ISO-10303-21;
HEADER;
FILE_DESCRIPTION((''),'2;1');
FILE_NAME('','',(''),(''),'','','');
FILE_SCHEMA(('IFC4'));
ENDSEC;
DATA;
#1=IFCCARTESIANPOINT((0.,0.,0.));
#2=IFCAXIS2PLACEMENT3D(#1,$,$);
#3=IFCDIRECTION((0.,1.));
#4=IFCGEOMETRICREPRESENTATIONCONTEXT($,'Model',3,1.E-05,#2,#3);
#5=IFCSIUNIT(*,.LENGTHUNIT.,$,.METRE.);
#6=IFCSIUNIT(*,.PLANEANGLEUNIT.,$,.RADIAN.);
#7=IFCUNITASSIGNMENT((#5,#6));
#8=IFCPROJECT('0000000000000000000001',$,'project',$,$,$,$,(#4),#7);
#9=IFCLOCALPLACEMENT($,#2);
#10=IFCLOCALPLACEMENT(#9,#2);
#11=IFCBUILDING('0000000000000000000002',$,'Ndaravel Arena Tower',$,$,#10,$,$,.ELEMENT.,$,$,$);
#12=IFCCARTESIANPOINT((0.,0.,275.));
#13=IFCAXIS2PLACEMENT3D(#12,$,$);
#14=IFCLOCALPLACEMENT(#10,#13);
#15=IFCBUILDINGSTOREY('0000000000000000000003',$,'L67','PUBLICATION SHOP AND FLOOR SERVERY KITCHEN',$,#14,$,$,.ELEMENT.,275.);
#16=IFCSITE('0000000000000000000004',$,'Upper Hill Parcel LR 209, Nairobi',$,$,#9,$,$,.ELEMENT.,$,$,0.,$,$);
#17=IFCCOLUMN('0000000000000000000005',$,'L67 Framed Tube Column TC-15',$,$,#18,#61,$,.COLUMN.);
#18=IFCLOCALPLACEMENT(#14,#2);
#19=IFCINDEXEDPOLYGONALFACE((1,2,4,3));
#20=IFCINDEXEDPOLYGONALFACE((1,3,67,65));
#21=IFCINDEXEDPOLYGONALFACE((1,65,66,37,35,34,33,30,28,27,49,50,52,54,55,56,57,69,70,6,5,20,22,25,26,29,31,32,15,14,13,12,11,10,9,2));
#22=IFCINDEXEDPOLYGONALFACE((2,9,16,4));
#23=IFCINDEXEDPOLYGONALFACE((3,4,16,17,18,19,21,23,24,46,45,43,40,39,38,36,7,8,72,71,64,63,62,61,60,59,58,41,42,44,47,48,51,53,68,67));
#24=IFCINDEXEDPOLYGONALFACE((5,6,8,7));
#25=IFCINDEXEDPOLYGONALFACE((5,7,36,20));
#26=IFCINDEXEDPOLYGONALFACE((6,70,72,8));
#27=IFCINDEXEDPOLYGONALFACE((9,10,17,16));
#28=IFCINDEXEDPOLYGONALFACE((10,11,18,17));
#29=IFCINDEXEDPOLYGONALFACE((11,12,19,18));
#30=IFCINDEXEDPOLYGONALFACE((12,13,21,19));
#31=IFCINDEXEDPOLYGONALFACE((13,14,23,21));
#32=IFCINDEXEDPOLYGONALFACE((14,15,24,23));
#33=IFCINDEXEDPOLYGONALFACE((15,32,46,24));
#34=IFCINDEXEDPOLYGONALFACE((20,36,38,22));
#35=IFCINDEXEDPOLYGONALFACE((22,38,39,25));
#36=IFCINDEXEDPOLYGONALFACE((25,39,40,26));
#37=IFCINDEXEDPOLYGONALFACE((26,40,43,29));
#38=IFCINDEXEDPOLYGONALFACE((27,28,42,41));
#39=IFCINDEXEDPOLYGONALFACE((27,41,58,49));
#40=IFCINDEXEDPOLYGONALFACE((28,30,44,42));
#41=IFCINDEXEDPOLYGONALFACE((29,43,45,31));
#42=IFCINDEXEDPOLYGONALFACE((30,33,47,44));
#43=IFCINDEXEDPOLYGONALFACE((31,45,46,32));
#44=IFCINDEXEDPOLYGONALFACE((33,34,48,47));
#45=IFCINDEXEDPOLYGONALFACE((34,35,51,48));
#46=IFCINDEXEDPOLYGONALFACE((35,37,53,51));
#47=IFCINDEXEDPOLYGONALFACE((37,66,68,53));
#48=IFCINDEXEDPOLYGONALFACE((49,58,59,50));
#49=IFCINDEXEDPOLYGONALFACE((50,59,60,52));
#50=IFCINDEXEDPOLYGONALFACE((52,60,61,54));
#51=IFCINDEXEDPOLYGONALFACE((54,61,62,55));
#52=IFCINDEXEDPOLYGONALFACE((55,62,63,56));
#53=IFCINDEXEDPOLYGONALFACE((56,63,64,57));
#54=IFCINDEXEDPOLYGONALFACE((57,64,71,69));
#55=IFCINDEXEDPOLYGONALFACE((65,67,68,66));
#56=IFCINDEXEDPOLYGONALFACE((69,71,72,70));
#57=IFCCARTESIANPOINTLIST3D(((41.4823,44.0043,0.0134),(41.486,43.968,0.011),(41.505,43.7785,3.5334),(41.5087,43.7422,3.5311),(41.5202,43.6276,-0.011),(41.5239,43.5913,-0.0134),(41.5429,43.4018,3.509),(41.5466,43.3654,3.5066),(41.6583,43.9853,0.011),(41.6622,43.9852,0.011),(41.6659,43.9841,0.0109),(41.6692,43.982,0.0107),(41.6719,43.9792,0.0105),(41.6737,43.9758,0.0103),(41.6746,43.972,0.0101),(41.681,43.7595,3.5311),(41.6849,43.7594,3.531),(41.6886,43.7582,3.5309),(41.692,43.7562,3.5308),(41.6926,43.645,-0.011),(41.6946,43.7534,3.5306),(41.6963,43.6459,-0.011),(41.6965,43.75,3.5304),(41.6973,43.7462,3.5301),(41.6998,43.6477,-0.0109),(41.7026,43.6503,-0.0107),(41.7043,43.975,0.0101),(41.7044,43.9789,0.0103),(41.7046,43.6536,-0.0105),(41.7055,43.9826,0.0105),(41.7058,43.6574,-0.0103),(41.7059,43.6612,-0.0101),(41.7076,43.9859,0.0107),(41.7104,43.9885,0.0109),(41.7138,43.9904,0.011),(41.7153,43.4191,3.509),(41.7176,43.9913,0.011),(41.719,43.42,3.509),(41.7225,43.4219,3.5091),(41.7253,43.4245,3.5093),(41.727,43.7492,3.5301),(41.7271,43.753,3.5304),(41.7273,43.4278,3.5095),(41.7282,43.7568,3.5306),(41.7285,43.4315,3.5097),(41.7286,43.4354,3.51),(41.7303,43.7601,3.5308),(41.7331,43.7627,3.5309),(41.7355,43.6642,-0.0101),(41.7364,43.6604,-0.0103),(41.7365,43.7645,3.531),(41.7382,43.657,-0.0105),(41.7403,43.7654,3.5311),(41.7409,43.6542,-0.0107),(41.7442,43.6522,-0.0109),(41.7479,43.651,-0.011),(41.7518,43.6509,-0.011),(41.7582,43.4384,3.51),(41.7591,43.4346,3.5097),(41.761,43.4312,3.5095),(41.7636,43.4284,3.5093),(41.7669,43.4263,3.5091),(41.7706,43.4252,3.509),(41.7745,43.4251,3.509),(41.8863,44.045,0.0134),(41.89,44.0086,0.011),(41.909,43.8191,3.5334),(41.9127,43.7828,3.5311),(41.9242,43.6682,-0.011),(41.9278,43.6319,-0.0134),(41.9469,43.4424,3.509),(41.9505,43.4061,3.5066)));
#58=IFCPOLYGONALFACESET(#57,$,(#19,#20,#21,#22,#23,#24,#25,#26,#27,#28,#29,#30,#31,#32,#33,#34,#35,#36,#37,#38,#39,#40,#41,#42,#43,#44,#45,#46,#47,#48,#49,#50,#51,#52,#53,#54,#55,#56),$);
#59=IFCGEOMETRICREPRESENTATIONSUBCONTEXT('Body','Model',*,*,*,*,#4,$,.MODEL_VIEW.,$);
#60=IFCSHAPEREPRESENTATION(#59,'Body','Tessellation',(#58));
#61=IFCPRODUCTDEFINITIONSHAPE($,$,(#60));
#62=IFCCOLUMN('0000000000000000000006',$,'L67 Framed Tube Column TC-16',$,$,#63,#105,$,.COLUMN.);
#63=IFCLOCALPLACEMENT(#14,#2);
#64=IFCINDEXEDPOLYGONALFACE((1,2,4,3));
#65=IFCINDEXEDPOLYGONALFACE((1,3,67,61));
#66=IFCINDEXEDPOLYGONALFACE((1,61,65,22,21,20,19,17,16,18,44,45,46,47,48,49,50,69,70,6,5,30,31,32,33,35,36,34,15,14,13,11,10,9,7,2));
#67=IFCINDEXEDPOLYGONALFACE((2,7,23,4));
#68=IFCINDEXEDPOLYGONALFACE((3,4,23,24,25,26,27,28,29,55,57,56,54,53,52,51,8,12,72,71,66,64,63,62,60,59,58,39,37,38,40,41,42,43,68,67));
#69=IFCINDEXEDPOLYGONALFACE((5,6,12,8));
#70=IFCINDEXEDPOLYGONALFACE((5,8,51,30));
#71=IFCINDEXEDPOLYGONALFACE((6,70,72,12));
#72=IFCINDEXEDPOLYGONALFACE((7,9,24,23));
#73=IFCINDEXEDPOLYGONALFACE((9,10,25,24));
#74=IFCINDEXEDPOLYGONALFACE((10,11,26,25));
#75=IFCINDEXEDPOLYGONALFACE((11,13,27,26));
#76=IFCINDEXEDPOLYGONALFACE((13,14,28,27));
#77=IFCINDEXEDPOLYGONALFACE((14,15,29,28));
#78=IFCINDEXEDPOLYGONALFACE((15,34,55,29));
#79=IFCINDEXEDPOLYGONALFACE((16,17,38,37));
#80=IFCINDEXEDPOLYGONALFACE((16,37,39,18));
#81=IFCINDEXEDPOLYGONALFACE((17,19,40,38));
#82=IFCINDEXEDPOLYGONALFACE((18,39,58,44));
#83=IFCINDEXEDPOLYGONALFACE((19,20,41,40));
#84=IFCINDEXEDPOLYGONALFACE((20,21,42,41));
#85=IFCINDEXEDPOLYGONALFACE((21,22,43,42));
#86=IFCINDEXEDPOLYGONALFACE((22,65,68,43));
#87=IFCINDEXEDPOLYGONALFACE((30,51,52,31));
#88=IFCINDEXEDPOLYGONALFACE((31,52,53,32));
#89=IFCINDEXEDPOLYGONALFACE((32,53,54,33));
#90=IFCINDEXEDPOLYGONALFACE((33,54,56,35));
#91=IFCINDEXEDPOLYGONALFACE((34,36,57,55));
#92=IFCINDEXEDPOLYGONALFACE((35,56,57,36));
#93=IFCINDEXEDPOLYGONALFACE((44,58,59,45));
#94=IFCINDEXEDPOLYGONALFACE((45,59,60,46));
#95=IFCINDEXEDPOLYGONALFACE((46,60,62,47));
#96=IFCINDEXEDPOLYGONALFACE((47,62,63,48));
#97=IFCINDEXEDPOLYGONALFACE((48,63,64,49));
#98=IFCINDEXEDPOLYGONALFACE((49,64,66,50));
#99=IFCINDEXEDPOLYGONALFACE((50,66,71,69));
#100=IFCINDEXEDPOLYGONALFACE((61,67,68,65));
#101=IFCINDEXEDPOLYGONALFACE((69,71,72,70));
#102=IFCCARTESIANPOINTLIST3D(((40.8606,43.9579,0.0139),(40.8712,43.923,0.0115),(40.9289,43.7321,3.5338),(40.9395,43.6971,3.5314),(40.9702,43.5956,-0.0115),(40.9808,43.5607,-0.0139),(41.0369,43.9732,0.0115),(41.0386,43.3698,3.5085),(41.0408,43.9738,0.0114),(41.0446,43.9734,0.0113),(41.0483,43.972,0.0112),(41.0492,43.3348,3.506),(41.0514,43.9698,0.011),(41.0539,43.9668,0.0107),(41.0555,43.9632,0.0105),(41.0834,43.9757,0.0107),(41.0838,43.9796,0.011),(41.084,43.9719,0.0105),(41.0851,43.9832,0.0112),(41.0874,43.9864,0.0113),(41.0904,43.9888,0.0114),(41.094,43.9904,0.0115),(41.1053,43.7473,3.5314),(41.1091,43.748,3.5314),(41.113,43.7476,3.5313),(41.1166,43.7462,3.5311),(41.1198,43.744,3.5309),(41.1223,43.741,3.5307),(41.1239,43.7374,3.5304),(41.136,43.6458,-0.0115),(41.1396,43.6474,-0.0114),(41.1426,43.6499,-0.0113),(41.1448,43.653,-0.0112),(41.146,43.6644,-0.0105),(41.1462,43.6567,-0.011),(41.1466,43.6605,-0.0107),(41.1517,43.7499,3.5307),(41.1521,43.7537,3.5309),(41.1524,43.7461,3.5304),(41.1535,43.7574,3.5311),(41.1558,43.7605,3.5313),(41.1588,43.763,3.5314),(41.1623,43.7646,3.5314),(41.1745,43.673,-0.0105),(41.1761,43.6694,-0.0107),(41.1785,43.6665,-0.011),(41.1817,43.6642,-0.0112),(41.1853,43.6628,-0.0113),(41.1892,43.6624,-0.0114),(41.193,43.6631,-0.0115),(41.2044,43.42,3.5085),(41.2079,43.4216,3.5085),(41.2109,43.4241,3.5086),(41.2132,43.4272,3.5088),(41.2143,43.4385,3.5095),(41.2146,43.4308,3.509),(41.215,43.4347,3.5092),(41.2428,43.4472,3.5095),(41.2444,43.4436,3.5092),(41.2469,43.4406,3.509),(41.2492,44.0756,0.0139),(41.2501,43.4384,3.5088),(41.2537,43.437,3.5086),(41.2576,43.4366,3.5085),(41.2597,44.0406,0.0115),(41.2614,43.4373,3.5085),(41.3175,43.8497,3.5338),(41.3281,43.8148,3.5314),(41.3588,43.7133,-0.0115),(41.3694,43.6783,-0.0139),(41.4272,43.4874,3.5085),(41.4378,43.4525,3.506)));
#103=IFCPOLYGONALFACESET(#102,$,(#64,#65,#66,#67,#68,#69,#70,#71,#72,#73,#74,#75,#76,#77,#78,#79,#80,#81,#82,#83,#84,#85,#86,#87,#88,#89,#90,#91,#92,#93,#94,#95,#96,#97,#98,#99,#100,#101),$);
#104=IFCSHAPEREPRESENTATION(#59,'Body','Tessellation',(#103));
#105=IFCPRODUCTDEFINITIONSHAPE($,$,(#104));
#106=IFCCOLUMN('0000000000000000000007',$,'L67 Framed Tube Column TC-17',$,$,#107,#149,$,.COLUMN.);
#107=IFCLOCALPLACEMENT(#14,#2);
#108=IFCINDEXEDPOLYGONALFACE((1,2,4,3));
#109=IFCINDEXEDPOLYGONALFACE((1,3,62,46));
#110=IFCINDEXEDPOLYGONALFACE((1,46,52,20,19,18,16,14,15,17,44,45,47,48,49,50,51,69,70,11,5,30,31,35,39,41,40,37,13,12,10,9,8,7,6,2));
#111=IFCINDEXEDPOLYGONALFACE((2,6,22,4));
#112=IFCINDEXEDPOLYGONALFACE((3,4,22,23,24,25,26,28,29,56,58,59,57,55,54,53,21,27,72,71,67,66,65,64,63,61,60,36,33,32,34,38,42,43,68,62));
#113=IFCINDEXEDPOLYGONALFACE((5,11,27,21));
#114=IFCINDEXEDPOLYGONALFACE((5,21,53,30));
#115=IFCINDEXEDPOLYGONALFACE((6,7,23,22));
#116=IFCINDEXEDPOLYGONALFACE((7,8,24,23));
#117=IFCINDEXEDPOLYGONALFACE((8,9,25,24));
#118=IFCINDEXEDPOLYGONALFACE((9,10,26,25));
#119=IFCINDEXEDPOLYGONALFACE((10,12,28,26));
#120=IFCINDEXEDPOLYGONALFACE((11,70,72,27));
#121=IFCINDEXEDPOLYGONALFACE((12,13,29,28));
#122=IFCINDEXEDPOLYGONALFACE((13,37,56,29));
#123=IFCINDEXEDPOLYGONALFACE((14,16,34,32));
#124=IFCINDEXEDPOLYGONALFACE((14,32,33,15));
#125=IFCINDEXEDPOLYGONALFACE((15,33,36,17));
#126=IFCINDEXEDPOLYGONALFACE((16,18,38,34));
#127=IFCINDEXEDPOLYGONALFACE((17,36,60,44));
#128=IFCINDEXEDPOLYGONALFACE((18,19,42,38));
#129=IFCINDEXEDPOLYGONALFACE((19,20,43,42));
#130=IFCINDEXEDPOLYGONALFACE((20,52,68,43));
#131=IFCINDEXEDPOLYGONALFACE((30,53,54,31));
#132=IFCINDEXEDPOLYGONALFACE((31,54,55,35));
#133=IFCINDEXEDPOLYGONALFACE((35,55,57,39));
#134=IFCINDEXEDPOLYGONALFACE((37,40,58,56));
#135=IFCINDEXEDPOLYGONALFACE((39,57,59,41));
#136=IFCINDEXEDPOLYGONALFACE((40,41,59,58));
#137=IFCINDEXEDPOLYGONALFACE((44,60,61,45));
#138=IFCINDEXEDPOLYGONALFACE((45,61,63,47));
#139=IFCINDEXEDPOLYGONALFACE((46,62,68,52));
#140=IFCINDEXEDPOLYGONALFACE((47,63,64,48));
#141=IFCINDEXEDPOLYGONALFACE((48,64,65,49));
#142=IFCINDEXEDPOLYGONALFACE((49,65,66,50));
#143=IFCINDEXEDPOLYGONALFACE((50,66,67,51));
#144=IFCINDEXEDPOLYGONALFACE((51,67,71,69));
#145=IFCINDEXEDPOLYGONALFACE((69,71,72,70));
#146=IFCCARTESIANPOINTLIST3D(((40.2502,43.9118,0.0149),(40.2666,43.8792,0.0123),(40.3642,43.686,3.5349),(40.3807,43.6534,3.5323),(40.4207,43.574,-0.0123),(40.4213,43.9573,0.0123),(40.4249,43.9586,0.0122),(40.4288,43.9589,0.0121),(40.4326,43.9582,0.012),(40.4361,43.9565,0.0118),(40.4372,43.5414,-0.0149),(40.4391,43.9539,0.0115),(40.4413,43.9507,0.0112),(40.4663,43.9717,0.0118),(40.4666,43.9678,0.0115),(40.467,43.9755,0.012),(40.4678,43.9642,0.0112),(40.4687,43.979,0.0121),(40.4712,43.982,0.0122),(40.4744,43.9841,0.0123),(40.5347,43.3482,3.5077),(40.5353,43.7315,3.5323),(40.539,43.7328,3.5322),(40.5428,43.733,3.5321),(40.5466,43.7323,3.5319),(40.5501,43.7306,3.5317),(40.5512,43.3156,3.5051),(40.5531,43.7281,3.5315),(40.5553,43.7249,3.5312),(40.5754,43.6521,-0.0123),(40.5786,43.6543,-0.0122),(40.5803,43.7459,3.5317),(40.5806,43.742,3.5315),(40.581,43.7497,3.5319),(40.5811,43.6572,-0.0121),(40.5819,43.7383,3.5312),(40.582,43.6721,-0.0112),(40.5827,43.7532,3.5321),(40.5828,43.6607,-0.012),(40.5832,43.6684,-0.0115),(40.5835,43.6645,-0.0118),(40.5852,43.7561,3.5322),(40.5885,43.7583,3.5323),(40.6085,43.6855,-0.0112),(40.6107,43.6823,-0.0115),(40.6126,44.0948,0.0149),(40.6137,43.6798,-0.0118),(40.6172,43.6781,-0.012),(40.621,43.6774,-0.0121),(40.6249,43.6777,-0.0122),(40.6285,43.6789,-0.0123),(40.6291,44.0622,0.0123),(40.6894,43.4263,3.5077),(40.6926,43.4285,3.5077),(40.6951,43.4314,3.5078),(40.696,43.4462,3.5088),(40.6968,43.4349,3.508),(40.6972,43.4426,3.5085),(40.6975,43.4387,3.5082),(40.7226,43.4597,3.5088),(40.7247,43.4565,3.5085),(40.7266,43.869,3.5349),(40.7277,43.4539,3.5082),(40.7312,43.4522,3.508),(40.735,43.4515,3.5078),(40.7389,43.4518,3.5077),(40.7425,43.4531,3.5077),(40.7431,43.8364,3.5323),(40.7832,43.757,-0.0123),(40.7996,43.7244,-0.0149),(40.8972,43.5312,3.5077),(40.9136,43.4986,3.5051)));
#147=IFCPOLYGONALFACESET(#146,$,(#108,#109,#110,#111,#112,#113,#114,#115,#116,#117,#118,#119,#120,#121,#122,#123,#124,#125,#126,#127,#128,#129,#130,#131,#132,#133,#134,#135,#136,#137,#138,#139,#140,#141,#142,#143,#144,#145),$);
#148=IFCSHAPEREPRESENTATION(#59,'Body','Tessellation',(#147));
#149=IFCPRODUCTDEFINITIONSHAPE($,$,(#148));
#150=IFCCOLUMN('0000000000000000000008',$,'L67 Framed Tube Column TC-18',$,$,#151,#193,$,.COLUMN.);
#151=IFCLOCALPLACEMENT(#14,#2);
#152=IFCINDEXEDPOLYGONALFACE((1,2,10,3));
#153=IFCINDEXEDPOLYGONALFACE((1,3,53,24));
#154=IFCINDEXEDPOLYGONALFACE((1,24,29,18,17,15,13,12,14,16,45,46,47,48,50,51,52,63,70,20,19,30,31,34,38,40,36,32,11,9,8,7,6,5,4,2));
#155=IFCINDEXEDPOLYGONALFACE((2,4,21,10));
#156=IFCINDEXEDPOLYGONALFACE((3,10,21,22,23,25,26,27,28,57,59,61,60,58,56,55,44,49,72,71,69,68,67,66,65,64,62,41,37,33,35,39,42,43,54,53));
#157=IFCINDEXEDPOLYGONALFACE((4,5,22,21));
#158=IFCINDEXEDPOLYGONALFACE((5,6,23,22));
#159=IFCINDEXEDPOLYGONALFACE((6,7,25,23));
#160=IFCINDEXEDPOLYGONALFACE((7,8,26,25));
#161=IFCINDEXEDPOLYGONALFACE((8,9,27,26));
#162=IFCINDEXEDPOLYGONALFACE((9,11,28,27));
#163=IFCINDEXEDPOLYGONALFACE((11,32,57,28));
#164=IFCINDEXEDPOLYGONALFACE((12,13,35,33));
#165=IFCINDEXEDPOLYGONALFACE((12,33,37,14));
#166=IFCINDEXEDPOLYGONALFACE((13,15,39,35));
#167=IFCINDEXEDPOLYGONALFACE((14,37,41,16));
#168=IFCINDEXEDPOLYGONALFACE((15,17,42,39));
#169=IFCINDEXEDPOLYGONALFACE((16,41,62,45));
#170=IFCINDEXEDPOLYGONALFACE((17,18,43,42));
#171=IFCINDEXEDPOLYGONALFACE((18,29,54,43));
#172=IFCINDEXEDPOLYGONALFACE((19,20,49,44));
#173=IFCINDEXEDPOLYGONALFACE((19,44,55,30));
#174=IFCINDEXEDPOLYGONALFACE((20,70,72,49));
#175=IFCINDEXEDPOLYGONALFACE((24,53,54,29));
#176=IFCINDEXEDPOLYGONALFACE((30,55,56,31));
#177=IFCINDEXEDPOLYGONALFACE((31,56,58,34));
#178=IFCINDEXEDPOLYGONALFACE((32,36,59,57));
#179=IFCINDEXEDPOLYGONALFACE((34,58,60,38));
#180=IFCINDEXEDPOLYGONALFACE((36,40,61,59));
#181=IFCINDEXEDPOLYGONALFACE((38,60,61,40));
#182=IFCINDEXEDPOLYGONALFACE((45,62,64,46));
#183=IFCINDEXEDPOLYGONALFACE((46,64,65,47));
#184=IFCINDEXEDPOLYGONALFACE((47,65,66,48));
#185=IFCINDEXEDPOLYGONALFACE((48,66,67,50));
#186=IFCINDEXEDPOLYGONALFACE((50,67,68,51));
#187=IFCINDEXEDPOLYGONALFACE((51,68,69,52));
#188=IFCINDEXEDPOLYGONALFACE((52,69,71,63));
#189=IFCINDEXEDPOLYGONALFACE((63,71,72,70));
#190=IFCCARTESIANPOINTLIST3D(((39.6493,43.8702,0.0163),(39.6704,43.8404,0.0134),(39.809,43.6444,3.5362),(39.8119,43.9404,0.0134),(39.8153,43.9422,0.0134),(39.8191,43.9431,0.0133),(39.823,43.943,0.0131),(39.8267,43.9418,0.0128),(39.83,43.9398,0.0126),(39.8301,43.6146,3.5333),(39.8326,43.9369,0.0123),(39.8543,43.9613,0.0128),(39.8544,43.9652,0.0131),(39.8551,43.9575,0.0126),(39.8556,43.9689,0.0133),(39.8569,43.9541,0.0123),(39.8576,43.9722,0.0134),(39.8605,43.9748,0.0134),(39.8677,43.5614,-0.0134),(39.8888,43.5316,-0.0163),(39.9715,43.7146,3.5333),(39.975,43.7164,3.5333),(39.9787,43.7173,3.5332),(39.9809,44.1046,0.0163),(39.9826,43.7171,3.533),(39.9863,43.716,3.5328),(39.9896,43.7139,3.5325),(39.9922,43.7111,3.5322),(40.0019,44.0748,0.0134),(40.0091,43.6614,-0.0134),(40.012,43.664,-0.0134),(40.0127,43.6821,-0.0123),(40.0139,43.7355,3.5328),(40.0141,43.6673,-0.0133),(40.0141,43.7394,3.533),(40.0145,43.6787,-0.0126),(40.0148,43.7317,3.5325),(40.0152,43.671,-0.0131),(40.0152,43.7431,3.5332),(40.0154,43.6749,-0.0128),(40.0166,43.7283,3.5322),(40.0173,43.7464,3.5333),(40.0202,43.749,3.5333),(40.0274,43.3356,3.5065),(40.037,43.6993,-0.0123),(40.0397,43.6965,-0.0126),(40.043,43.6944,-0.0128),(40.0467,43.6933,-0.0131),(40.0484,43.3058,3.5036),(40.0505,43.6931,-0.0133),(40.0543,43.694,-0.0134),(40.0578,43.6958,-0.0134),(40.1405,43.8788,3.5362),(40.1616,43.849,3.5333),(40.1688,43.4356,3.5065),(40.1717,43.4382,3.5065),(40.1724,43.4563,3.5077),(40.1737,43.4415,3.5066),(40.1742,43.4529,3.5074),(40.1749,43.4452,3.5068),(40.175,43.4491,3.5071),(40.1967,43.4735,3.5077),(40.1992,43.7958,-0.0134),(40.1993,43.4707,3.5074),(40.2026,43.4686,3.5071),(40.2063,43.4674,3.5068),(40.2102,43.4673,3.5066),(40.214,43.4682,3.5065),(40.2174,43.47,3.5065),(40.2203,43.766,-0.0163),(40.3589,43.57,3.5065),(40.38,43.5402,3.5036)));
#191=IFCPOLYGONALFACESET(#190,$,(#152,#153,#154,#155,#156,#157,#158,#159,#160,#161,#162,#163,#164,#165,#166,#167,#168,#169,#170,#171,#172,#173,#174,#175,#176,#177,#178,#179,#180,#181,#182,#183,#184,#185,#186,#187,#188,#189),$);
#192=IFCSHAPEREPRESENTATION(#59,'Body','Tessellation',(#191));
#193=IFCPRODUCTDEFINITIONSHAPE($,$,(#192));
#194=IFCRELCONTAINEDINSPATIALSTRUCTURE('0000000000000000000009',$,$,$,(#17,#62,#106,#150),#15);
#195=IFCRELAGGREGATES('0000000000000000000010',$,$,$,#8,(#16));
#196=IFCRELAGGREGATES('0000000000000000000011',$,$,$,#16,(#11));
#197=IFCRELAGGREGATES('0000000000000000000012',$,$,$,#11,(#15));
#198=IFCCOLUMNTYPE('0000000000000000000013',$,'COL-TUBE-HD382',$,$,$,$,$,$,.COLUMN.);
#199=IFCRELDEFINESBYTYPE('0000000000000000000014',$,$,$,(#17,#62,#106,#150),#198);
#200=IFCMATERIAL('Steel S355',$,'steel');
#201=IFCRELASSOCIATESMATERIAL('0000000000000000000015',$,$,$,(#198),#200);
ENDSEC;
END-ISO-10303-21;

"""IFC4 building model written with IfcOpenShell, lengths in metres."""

from ifc_helpers import new_model, si_unit, direction, frame, origin, origin_2d, place, context, subcontext, project, spatial, i_section, extrude, material, material_profile, profile_set, type_object, element, save


model = new_model("IFC4")

# Units and contexts
model_context = context("Model", 3, precision=1e-05, world=origin(), true_north=direction((0.0, 1.0)))
body_context = subcontext(model_context, "Body", "Model", "MODEL_VIEW")
ifc_project = project(units=[si_unit("LENGTHUNIT", "METRE"), si_unit("PLANEANGLEUNIT", "RADIAN")], contexts=[model_context])

# Site, building, storey
site_placement = place(None, origin())
site = spatial("IfcSite", under=ifc_project, at=site_placement, Name="Upper Hill Parcel LR 209, Nairobi", CompositionType="ELEMENT", RefElevation=0.0)
building_placement = place(site_placement, origin())
building = spatial("IfcBuilding", under=site, at=building_placement, Name="Ndaravel Arena Tower", CompositionType="ELEMENT")
storey_placement = place(building_placement, frame((0.0, 0.0, 275.0)))
storey = spatial("IfcBuildingStorey", under=building, at=storey_placement, Name="L67", Description="PUBLICATION SHOP AND FLOOR SERVERY KITCHEN", CompositionType="ELEMENT", Elevation=275.0)

# Columns
ifc_material_1 = material(Name="Steel S355", Category="steel")
ifc_material_profile_1 = material_profile(ifc_material_1, i_section(OverallWidth=0.406, OverallDepth=0.416, WebThickness=0.0298, FlangeThickness=0.0366, FilletRadius=0.0149, at=origin_2d()), Name="HD 400x382")
ifc_profile_set_1 = profile_set([ifc_material_profile_1], Name="Steel S355")
column_type = type_object("IfcColumnType", Name="COL-TUBE-HD382", PredefinedType="COLUMN", material=ifc_profile_set_1)
column_1_placement = place(storey_placement, frame((41.7051, 43.8181, 0.0), z_axis=(0.006437, -0.064023, 0.997928), x_axis=(0.994984, 0.100036, 0.0)))
element("IfcColumn", 1, at=column_1_placement, inside=storey, type_object=column_type, Name="L67 Framed Tube Column TC-15", PredefinedType="COLUMN", context=body_context, shape_type="SweptSolid", body=[
    extrude(i_section(OverallWidth=0.406, OverallDepth=0.416, WebThickness=0.0298, FlangeThickness=0.0366, FilletRadius=0.0149, at=origin_2d()), origin(), (0.0, 0.0, 1.0), 3.5273),
])
column_2_placement = place(storey_placement, frame((41.115, 43.8181, 0.0), z_axis=(0.019377, -0.064012, 0.997761), x_axis=(0.957111, 0.28972, 0.0)))
element("IfcColumn", 2, at=column_2_placement, inside=storey, type_object=column_type, Name="L67 Framed Tube Column TC-16", PredefinedType="COLUMN", context=body_context, shape_type="SweptSolid", body=[
    extrude(i_section(OverallWidth=0.406, OverallDepth=0.416, WebThickness=0.0298, FlangeThickness=0.0366, FilletRadius=0.0149, at=origin_2d()), origin(), (0.0, 0.0, 1.0), 3.5278),
])
column_3_placement = place(storey_placement, frame((40.5249, 43.8181, 0.0), z_axis=(0.032307, -0.063991, 0.997427), x_axis=(0.892683, 0.450684, 0.0)))
element("IfcColumn", 3, at=column_3_placement, inside=storey, type_object=column_type, Name="L67 Framed Tube Column TC-17", PredefinedType="COLUMN", context=body_context, shape_type="SweptSolid", body=[
    extrude(i_section(OverallWidth=0.406, OverallDepth=0.416, WebThickness=0.0298, FlangeThickness=0.0366, FilletRadius=0.0149, at=origin_2d()), origin(), (0.0, 0.0, 1.0), 3.5291),
])
column_4_placement = place(storey_placement, frame((39.9348, 43.8181, 0.0), z_axis=(0.045221, -0.063959, 0.996927), x_axis=(0.816527, 0.577307, 0.0)))
element("IfcColumn", 4, at=column_4_placement, inside=storey, type_object=column_type, Name="L67 Framed Tube Column TC-18", PredefinedType="COLUMN", context=body_context, shape_type="SweptSolid", body=[
    extrude(i_section(OverallWidth=0.406, OverallDepth=0.416, WebThickness=0.0298, FlangeThickness=0.0366, FilletRadius=0.0149, at=origin_2d()), origin(), (0.0, 0.0, 1.0), 3.5308),
])

save(model, "model.ifc")
